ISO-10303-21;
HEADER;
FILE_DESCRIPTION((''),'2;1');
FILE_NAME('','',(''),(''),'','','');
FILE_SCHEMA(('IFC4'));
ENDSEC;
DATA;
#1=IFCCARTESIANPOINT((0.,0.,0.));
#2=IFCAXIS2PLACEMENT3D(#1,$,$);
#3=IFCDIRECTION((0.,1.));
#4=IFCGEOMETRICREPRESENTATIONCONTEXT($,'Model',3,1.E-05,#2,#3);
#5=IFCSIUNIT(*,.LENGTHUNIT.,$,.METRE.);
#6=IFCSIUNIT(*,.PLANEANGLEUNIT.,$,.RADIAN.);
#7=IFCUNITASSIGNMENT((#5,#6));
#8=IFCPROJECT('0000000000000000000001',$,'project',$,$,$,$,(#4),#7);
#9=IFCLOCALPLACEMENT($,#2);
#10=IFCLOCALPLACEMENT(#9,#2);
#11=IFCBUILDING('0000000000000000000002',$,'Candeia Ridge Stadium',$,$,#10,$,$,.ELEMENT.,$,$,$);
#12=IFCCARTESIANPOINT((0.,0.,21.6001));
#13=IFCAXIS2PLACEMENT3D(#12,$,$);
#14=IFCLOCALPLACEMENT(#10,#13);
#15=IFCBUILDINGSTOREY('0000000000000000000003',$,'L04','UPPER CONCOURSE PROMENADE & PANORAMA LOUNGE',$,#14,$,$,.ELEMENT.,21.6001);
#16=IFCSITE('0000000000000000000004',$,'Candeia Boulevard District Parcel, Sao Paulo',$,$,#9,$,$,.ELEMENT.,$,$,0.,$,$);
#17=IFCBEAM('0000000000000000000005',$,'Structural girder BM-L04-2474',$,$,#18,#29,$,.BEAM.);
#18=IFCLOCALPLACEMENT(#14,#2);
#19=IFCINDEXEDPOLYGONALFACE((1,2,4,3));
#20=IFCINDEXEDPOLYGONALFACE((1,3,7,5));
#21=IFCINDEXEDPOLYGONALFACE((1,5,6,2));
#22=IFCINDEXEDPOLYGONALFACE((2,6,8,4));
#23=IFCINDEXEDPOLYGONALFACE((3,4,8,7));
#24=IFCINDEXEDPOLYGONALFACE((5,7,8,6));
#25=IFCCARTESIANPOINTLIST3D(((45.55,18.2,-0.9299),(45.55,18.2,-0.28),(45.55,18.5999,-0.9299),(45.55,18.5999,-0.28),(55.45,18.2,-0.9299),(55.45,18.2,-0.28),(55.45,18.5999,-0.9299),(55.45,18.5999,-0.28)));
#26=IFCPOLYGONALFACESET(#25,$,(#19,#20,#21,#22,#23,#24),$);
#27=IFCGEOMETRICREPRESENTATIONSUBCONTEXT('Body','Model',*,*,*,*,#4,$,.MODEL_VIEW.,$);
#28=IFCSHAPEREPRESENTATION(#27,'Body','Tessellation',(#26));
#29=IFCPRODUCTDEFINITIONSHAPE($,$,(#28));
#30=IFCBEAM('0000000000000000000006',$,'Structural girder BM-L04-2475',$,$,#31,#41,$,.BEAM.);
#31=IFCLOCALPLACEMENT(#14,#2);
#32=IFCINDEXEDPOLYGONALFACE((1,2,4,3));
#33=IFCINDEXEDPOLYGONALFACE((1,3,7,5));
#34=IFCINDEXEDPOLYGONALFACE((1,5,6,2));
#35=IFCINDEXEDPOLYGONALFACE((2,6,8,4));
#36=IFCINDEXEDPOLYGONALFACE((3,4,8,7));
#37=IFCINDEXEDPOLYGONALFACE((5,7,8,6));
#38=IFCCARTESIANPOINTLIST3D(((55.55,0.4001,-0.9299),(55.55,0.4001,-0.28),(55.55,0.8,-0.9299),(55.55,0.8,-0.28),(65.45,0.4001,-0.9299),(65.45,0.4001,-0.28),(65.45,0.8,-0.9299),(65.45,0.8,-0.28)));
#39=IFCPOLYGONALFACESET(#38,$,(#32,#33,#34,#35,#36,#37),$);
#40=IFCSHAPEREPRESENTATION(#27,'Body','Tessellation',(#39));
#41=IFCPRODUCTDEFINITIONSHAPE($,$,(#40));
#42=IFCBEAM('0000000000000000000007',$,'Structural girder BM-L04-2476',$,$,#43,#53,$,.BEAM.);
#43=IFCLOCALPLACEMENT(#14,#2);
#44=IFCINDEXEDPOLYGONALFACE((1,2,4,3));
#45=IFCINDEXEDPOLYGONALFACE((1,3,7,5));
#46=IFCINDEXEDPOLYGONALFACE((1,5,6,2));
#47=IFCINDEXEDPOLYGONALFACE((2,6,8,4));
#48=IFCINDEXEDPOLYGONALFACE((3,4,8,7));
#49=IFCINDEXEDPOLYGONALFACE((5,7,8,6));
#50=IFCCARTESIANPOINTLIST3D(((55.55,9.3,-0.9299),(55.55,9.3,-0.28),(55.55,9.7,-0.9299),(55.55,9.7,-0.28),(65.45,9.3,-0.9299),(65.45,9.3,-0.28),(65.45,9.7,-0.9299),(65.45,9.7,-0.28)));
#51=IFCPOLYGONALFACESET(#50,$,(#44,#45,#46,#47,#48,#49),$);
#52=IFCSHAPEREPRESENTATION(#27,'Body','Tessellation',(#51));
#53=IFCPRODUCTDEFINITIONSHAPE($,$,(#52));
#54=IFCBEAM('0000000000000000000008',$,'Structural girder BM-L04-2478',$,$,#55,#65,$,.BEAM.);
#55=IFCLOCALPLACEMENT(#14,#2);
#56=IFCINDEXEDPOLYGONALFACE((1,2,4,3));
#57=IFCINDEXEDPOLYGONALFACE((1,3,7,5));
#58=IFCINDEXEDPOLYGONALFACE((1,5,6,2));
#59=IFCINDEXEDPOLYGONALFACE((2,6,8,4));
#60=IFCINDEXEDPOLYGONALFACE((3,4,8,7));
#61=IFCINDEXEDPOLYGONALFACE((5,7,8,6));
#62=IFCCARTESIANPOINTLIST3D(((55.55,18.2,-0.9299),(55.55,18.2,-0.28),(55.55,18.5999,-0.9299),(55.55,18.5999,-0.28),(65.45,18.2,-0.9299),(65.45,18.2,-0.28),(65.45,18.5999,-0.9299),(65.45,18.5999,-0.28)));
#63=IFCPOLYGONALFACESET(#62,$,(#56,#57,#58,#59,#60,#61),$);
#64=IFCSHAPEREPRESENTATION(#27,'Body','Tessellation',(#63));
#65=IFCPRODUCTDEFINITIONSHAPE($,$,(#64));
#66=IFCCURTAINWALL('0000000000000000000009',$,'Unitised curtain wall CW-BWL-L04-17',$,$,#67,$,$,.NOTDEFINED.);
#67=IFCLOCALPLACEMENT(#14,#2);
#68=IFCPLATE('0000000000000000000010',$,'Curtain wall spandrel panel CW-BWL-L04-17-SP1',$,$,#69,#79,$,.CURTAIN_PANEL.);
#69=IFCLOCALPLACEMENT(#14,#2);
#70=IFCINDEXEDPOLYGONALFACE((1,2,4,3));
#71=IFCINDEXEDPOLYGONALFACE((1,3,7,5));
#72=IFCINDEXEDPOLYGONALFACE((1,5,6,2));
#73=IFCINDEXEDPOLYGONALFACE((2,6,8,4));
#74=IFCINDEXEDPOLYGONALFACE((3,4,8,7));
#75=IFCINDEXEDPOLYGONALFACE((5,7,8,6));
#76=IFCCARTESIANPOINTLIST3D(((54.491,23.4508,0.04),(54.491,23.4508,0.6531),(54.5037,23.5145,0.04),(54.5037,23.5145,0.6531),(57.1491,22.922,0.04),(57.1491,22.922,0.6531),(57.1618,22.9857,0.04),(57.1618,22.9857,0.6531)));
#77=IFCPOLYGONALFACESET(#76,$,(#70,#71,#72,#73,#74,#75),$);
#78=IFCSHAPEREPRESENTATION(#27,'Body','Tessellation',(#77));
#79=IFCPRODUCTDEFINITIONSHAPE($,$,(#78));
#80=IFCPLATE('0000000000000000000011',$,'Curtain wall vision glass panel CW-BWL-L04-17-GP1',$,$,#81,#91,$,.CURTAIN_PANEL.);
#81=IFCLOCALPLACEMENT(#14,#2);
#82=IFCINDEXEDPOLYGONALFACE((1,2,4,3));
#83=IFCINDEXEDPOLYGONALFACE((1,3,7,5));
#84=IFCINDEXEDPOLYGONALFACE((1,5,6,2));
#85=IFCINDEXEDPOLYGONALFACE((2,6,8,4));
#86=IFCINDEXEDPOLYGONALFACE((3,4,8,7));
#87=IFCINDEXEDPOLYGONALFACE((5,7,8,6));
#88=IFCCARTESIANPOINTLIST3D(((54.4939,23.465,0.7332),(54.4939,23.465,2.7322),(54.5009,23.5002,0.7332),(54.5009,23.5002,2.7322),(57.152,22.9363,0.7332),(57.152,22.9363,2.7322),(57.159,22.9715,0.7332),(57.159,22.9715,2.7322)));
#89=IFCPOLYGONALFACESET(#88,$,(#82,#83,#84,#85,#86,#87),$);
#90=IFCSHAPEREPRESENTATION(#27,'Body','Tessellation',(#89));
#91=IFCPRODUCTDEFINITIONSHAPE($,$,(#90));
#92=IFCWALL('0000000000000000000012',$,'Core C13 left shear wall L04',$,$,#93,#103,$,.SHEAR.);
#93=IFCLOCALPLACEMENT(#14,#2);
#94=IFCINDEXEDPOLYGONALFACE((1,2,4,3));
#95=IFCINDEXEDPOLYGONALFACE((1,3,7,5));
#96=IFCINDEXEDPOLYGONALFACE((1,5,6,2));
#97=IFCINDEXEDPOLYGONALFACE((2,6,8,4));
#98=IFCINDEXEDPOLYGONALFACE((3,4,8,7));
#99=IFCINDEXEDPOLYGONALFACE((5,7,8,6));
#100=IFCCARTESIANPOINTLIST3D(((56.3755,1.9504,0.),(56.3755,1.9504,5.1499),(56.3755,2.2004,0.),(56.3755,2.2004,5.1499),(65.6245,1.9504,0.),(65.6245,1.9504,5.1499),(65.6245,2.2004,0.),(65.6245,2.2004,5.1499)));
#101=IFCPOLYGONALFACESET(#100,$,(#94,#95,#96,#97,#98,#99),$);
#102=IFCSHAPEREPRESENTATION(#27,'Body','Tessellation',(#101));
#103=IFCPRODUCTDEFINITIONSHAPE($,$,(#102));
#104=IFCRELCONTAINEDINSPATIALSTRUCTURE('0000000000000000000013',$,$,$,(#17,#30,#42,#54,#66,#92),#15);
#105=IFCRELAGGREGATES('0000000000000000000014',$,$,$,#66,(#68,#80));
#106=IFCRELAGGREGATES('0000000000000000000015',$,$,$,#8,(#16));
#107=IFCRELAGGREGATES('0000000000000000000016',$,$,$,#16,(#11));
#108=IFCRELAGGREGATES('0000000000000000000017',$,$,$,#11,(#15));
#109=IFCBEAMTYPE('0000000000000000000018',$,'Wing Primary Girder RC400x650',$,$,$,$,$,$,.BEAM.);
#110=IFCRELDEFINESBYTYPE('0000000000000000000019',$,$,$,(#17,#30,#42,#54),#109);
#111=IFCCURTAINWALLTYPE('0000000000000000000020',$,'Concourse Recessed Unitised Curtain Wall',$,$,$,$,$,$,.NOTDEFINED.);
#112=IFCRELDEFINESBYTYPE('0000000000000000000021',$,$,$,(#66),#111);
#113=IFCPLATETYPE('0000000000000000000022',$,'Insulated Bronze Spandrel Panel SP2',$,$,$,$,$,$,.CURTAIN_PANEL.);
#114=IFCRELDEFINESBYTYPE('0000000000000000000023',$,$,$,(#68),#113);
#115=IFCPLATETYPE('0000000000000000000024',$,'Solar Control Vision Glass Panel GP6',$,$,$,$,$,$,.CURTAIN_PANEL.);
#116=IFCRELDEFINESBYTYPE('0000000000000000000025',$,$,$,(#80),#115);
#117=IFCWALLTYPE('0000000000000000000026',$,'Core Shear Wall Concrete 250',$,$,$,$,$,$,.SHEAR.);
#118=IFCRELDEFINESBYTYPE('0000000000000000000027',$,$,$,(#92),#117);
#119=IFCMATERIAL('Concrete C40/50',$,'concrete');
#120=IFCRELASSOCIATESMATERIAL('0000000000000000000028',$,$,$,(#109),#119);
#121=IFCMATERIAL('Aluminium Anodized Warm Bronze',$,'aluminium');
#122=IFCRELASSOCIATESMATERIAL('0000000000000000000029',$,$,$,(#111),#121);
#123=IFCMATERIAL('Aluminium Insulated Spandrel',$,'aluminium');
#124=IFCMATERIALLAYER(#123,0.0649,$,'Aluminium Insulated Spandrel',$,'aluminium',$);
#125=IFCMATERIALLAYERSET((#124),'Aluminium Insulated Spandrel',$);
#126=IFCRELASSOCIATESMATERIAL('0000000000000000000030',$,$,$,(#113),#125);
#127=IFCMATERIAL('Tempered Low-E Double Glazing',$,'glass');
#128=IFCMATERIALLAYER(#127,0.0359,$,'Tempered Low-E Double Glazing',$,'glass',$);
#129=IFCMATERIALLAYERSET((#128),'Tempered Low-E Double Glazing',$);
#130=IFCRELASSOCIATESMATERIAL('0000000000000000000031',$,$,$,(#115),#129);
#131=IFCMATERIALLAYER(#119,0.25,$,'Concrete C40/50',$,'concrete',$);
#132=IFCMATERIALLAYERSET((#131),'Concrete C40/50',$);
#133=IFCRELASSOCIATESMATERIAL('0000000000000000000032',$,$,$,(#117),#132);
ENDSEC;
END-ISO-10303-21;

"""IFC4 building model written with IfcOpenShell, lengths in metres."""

from ifc_helpers import new_model, si_unit, direction, frame, frame_2d, origin, origin_2d, place, context, subcontext, project, spatial, rectangle, extrude, material, layer, layer_set, material_profile, profile_set, type_object, element, aggregate, save


model = new_model("IFC4")

# Units and contexts
model_context = context("Model", 3, precision=1e-05, world=origin(), true_north=direction((0.0, 1.0)))
body_context = subcontext(model_context, "Body", "Model", "MODEL_VIEW")
ifc_project = project(units=[si_unit("LENGTHUNIT", "METRE"), si_unit("PLANEANGLEUNIT", "RADIAN")], contexts=[model_context])

# Site, building, storey
site_placement = place(None, origin())
site = spatial("IfcSite", under=ifc_project, at=site_placement, Name="Candeia Boulevard District Parcel, Sao Paulo", CompositionType="ELEMENT", RefElevation=0.0)
building_placement = place(site_placement, origin())
building = spatial("IfcBuilding", under=site, at=building_placement, Name="Candeia Ridge Stadium", CompositionType="ELEMENT")
storey_placement = place(building_placement, frame((0.0, 0.0, 21.6001)))
storey = spatial("IfcBuildingStorey", under=building, at=storey_placement, Name="L04", Description="UPPER CONCOURSE PROMENADE & PANORAMA LOUNGE", CompositionType="ELEMENT", Elevation=21.6001)

# Beams
ifc_material_1 = material(Name="Concrete C40/50", Category="concrete")
ifc_material_profile_1 = material_profile(ifc_material_1, rectangle(XDim=0.3999, YDim=0.6499, at=origin_2d()), Name="RC400x650", Category="concrete")
ifc_profile_set_1 = profile_set([ifc_material_profile_1], Name="Concrete C40/50")
beam_type_1 = type_object("IfcBeamType", Name="Wing Primary Girder RC400x650", PredefinedType="BEAM", material=ifc_profile_set_1)
for number, where, z_axis, x_axis, name in (
    (1, (45.55, 18.3999, -0.605), (1.0, 0.0, 0.0), (0.0, 1.0, 0.0), "Structural girder BM-L04-2474"),
    (2, (55.55, 0.6001, -0.605), (1.0, 0.0, 0.0), (0.0, 1.0, 0.0), "Structural girder BM-L04-2475"),
    (3, (55.55, 9.5, -0.605), (1.0, 0.0, 0.0), (0.0, 1.0, 0.0), "Structural girder BM-L04-2476"),
    (4, (55.55, 18.3999, -0.605), (1.0, 0.0, 0.0), (0.0, 1.0, 0.0), "Structural girder BM-L04-2478"),
):
    element("IfcBeam", number, at=place(storey_placement, frame(where, z_axis=z_axis, x_axis=x_axis)), inside=storey, type_object=beam_type_1, Name=name, PredefinedType="BEAM", context=body_context, shape_type="SweptSolid", body=[
        extrude(rectangle(XDim=0.3999, YDim=0.6499, at=origin_2d()), origin(), (0.0, 0.0, 1.0), 9.8999),
    ])

# Curtain wall, plates
ifc_material_2 = material(Name="Aluminium Anodized Warm Bronze", Category="aluminium")
curtain_wall_type = type_object("IfcCurtainWallType", Name="Concourse Recessed Unitised Curtain Wall", PredefinedType="NOTDEFINED", material=ifc_material_2)
curtain_wall_placement = place(storey_placement, origin())
curtain_wall = element("IfcCurtainWall", 5, at=curtain_wall_placement, inside=storey, type_object=curtain_wall_type, Name="Unitised curtain wall CW-BWL-L04-17", PredefinedType="NOTDEFINED")
ifc_material_3 = material(Name="Aluminium Insulated Spandrel", Category="aluminium")
ifc_layer_1 = layer(ifc_material_3, 0.0649, Name="Aluminium Insulated Spandrel", Category="aluminium")
ifc_layer_set_1 = layer_set([ifc_layer_1], Name="Aluminium Insulated Spandrel")
plate_type_1 = type_object("IfcPlateType", Name="Insulated Bronze Spandrel Panel SP2", PredefinedType="CURTAIN_PANEL", material=ifc_layer_set_1)
plate_1_placement = place(storey_placement, frame((55.8264, 23.2183, 0.04), z_axis=(0.0, 0.0, 1.0), x_axis=(0.980785, -0.19509, 0.0)))
plate_1 = element("IfcPlate", 6, at=plate_1_placement, type_object=plate_type_1, Name="Curtain wall spandrel panel CW-BWL-L04-17-SP1", PredefinedType="CURTAIN_PANEL", context=body_context, shape_type="SweptSolid", body=[
    extrude(rectangle(XDim=2.7102, YDim=0.0649, at=origin_2d()), origin(), (0.0, 0.0, 1.0), 0.613),
])
ifc_material_4 = material(Name="Tempered Low-E Double Glazing", Category="glass")
ifc_layer_2 = layer(ifc_material_4, 0.0359, Name="Tempered Low-E Double Glazing", Category="glass")
ifc_layer_set_2 = layer_set([ifc_layer_2], Name="Tempered Low-E Double Glazing")
plate_type_2 = type_object("IfcPlateType", Name="Solar Control Vision Glass Panel GP6", PredefinedType="CURTAIN_PANEL", material=ifc_layer_set_2)
plate_2_placement = place(storey_placement, frame((55.8264, 23.2183, 0.7332), z_axis=(0.0, 0.0, 1.0), x_axis=(0.980785, -0.19509, 0.0)))
plate_2 = element("IfcPlate", 7, at=plate_2_placement, type_object=plate_type_2, Name="Curtain wall vision glass panel CW-BWL-L04-17-GP1", PredefinedType="CURTAIN_PANEL", context=body_context, shape_type="SweptSolid", body=[
    extrude(rectangle(XDim=2.7102, YDim=0.0359, at=origin_2d()), origin(), (0.0, 0.0, 1.0), 1.999),
])
aggregate(curtain_wall, [plate_1, plate_2])

# Wall
ifc_layer_3 = layer(ifc_material_1, 0.25, Name="Concrete C40/50", Category="concrete")
ifc_layer_set_3 = layer_set([ifc_layer_3], Name="Concrete C40/50")
wall_type = type_object("IfcWallType", Name="Core Shear Wall Concrete 250", PredefinedType="SHEAR", material=ifc_layer_set_3)
wall_placement = place(storey_placement, frame((56.3755, 2.0754, 0.0), z_axis=(0.0, 0.0, 1.0), x_axis=(1.0, 0.0, 0.0)))
element("IfcWall", 8, at=wall_placement, inside=storey, type_object=wall_type, Name="Core C13 left shear wall L04", PredefinedType="SHEAR", context=body_context, shape_type="SweptSolid", body=[
    extrude(rectangle(XDim=9.249, YDim=0.25, at=frame_2d((4.6245, 0.0))), origin(), (0.0, 0.0, 1.0), 5.1499),
])

save(model, "model.ifc")
